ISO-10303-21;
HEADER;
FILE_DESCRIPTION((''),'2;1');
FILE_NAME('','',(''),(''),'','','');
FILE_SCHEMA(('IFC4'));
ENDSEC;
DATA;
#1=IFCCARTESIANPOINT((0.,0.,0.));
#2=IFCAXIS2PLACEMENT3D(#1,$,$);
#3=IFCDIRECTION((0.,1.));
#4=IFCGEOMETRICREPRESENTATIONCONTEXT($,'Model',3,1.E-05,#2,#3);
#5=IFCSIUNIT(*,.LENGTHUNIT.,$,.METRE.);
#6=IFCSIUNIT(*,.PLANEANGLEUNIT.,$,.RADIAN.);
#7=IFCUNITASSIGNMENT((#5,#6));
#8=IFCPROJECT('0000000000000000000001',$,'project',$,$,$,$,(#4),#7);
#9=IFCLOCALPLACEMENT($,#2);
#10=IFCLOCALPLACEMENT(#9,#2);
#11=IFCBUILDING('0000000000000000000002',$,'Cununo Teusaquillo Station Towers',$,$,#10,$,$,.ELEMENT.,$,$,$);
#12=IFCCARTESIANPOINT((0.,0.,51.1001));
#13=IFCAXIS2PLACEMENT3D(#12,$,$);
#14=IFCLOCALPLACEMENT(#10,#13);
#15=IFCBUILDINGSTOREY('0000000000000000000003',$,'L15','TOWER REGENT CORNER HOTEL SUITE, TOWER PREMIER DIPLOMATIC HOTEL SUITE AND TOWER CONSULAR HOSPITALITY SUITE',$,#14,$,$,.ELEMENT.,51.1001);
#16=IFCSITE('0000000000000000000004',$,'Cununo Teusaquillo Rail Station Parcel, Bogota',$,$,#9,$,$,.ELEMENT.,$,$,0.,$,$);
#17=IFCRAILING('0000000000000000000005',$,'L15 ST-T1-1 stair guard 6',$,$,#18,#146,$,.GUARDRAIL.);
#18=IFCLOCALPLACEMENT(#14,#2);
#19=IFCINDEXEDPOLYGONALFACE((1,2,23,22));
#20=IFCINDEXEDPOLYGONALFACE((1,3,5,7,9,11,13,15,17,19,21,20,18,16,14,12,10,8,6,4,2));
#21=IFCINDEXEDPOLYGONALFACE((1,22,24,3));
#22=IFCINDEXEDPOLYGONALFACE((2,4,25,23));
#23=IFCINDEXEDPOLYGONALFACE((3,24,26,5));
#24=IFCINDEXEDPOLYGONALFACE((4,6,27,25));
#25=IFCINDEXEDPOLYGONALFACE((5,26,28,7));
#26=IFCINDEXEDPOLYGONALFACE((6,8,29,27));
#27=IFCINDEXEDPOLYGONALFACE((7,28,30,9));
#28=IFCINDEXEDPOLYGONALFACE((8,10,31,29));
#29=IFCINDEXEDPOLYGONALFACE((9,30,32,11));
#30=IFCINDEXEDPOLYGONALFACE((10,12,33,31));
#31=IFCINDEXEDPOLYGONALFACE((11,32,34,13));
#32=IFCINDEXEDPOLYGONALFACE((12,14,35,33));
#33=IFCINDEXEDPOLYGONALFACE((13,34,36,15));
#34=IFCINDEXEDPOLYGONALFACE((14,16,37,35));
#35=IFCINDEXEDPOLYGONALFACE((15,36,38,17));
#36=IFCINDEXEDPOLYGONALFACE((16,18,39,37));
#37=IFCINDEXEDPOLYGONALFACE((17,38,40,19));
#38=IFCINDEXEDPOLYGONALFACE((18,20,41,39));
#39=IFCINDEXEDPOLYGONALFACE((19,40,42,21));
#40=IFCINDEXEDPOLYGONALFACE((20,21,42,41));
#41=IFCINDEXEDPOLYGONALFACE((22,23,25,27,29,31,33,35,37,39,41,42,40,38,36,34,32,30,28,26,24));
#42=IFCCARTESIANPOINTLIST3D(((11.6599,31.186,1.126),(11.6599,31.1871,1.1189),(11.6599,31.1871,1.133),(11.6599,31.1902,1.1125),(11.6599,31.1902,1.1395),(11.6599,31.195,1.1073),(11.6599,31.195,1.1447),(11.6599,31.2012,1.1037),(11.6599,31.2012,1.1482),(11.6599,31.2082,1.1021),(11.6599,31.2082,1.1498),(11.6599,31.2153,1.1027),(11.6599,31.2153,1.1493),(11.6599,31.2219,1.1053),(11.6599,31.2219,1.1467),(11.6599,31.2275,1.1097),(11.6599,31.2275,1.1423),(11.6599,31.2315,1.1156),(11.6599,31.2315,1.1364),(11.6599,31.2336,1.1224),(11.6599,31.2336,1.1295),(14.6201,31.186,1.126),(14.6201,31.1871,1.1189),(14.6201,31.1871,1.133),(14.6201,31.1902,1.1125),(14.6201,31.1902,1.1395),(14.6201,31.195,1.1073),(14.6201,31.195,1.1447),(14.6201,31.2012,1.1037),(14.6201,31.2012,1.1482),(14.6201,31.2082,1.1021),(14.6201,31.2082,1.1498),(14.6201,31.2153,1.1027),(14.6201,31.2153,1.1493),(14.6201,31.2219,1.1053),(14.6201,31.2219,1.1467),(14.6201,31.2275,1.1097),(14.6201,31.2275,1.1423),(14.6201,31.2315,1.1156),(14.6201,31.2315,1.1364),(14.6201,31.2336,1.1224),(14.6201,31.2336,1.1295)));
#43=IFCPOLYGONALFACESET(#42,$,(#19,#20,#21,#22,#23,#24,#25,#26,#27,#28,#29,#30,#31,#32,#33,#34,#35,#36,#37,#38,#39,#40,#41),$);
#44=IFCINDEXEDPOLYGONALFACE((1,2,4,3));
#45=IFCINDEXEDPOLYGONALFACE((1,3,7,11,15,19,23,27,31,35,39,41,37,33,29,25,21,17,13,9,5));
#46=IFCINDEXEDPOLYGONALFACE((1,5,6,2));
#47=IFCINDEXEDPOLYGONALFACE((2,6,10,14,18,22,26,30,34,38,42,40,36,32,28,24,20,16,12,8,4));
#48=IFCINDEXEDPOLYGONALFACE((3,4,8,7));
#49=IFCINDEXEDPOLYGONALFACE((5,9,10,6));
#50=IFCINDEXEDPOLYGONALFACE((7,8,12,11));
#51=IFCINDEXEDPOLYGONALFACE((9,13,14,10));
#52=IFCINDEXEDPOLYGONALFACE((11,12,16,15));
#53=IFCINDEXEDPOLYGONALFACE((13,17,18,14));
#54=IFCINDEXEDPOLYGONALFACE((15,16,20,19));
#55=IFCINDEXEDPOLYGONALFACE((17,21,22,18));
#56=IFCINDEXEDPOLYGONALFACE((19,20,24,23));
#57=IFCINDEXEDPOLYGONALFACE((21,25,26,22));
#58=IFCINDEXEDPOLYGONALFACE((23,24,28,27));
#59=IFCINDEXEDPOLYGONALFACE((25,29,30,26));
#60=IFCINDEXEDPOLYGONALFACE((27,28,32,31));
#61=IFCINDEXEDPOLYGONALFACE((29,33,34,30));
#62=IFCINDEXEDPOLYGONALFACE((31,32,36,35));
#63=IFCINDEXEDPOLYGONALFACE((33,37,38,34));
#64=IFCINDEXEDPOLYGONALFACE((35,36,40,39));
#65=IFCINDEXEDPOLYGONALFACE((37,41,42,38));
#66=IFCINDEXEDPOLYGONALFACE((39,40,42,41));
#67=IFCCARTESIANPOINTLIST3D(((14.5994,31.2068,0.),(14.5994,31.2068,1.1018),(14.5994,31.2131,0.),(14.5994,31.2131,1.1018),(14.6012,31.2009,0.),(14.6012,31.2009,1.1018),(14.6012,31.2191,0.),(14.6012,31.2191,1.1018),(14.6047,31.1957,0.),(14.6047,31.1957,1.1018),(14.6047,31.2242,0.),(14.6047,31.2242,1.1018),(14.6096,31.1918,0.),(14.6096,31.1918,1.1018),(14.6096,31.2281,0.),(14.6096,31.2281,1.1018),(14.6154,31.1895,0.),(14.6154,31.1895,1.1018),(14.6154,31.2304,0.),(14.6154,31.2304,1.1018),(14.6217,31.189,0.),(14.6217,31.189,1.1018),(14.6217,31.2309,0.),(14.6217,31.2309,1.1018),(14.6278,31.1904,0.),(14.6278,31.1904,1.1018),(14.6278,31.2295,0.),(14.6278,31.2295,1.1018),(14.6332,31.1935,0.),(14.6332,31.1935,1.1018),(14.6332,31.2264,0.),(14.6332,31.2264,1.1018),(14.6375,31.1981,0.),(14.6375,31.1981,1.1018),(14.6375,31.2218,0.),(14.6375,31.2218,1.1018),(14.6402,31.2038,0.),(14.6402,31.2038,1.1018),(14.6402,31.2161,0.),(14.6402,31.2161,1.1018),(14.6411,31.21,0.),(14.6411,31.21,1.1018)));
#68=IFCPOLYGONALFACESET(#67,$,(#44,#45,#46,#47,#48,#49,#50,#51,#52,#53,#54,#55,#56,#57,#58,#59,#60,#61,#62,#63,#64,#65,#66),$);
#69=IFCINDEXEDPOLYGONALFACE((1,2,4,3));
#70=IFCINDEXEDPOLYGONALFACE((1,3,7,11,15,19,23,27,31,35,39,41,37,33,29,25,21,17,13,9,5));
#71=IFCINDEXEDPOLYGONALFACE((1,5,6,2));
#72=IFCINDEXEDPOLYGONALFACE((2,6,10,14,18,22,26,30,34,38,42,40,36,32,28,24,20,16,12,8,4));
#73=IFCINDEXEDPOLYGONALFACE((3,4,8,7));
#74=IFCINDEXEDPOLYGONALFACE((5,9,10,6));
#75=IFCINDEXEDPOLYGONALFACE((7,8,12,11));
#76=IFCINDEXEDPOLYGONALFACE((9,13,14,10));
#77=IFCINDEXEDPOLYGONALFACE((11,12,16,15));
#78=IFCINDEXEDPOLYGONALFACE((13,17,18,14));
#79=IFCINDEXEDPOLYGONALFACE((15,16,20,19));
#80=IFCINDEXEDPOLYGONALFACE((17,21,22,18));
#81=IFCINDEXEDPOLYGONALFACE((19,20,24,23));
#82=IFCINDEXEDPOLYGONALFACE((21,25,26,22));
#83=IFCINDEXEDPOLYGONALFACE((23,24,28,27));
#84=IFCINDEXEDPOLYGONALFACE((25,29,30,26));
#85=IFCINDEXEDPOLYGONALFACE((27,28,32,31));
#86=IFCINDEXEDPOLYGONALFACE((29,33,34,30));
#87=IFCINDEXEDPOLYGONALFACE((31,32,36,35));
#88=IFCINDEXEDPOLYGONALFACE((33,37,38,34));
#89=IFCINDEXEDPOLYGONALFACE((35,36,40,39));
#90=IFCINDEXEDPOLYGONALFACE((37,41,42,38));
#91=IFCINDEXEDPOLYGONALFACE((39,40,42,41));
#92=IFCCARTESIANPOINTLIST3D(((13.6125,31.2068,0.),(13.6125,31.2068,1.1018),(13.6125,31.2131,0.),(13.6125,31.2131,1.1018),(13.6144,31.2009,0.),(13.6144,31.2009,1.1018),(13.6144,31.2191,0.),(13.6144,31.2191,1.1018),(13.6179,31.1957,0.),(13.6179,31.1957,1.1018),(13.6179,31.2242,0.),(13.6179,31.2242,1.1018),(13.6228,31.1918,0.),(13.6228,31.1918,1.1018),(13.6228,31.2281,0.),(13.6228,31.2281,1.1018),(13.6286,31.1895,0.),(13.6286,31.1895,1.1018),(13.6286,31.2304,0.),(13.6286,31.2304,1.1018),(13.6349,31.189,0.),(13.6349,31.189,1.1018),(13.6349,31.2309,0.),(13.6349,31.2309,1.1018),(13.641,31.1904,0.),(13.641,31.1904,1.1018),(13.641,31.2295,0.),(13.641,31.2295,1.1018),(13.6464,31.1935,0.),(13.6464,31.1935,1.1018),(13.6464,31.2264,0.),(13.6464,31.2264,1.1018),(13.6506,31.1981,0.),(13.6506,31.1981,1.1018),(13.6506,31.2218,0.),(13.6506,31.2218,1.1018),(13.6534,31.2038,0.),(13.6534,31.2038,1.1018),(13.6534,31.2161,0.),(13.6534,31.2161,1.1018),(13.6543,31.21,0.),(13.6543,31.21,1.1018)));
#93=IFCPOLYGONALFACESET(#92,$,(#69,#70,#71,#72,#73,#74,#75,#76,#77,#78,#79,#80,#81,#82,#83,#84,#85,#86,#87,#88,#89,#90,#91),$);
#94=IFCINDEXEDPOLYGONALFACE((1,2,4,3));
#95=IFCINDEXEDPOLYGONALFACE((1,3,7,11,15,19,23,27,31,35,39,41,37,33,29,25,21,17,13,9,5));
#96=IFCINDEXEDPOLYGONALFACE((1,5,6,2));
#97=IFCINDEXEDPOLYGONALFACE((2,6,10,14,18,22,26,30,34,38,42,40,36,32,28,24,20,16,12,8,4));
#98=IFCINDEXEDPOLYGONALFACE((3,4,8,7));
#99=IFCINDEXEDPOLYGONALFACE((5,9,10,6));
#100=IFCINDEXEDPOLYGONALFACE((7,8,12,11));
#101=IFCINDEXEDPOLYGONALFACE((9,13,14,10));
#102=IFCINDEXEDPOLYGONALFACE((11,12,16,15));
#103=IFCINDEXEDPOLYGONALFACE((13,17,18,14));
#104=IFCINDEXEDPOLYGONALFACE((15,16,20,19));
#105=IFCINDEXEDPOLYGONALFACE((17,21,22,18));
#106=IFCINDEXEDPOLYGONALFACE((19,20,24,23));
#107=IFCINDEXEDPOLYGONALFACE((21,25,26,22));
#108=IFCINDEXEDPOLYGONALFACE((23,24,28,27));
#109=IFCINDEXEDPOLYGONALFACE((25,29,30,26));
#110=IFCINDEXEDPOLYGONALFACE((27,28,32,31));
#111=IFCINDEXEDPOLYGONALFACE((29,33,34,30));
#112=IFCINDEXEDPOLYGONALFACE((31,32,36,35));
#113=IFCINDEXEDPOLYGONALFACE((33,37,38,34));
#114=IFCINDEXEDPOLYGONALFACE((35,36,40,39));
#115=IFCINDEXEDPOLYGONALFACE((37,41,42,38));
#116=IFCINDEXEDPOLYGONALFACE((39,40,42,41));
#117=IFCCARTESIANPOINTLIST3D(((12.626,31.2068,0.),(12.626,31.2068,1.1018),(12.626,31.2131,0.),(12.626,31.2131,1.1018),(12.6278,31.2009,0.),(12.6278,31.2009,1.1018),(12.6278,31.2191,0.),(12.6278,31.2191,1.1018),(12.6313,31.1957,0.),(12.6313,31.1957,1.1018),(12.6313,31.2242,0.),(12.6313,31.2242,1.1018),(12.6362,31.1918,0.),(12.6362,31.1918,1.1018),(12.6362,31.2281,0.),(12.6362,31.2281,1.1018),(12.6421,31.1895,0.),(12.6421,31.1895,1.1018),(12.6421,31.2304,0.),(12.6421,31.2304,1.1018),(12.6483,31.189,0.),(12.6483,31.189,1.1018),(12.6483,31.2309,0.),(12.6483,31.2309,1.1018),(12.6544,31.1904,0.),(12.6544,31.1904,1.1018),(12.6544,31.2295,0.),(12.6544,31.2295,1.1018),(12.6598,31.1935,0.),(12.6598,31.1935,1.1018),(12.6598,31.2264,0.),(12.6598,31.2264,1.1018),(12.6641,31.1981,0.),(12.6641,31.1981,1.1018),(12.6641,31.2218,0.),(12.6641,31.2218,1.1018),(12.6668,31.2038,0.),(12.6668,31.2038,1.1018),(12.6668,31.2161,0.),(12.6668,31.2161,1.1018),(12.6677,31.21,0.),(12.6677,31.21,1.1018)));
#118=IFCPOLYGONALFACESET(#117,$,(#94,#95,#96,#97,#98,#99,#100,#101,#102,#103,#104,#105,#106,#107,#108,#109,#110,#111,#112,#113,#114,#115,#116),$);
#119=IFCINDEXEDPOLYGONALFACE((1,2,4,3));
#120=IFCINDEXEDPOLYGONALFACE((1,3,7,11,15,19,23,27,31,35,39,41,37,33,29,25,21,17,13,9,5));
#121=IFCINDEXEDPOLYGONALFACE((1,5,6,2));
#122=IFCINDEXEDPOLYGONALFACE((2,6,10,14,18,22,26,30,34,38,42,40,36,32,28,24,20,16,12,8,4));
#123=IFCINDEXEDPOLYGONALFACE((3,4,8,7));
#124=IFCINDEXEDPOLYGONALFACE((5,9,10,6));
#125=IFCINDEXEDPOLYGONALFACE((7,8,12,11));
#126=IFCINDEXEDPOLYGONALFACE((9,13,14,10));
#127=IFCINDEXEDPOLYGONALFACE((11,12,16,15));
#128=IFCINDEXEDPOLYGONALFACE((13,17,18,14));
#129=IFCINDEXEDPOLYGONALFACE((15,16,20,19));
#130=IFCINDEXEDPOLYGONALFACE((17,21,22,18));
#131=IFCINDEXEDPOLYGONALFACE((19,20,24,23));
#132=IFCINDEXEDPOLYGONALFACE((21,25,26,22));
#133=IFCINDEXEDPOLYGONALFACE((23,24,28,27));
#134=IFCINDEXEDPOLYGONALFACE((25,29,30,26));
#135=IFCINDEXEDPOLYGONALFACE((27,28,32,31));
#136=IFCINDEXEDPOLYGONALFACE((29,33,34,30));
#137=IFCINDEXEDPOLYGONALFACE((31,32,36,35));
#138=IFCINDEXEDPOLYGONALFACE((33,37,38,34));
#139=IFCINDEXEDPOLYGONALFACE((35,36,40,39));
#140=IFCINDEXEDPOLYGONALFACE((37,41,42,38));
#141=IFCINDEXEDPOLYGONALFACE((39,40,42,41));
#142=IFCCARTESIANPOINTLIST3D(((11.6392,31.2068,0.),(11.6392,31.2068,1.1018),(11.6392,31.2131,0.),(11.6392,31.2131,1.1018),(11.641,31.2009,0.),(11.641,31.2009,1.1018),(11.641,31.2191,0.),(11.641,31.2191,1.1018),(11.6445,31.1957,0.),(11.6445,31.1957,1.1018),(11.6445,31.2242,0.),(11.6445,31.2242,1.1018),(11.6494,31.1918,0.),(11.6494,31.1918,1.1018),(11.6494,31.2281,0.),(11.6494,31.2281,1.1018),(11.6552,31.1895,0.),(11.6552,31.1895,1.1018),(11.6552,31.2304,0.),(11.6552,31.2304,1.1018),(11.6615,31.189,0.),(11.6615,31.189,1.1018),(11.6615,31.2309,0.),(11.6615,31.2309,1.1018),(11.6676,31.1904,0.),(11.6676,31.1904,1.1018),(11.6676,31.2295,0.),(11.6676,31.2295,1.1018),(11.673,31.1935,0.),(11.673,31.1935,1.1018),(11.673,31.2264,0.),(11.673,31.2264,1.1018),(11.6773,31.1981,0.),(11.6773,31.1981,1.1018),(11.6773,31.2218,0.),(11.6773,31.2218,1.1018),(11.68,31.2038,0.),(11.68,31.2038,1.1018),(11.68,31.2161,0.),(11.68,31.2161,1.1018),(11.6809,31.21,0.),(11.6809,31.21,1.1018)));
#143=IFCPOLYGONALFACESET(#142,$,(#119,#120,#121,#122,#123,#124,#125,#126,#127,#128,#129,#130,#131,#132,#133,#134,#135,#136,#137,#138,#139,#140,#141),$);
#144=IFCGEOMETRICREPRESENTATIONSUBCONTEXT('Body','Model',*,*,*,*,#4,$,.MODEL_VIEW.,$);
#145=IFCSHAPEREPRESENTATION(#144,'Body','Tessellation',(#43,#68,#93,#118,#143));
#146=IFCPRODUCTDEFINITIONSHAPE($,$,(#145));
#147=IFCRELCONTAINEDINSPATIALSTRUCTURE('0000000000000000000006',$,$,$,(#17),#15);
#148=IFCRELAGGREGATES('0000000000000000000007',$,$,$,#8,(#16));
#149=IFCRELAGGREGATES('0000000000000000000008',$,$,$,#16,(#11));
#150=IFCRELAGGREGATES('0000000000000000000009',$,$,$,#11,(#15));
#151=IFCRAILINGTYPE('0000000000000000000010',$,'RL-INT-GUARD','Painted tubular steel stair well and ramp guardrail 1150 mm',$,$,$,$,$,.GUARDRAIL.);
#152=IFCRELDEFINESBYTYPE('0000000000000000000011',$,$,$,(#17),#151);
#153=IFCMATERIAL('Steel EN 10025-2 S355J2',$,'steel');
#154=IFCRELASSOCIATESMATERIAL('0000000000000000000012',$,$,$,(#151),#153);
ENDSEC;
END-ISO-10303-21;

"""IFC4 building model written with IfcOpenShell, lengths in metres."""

from ifc_helpers import new_model, si_unit, direction, frame, origin, origin_2d, place, context, subcontext, project, spatial, circle, extrude, material, type_object, element, save


model = new_model("IFC4")

# Units and contexts
model_context = context("Model", 3, precision=1e-05, world=origin(), true_north=direction((0.0, 1.0)))
body_context = subcontext(model_context, "Body", "Model", "MODEL_VIEW")
ifc_project = project(units=[si_unit("LENGTHUNIT", "METRE"), si_unit("PLANEANGLEUNIT", "RADIAN")], contexts=[model_context])

# Site, building, storey
site_placement = place(None, origin())
site = spatial("IfcSite", under=ifc_project, at=site_placement, Name="Cununo Teusaquillo Rail Station Parcel, Bogota", CompositionType="ELEMENT", RefElevation=0.0)
building_placement = place(site_placement, origin())
building = spatial("IfcBuilding", under=site, at=building_placement, Name="Cununo Teusaquillo Station Towers", CompositionType="ELEMENT")
storey_placement = place(building_placement, frame((0.0, 0.0, 51.1001)))
storey = spatial("IfcBuildingStorey", under=building, at=storey_placement, Name="L15", Description="TOWER REGENT CORNER HOTEL SUITE, TOWER PREMIER DIPLOMATIC HOTEL SUITE AND TOWER CONSULAR HOSPITALITY SUITE", CompositionType="ELEMENT", Elevation=51.1001)

# Railing
ifc_material_1 = material(Name="Steel EN 10025-2 S355J2", Category="steel")
railing_type_1 = type_object("IfcRailingType", Name="RL-INT-GUARD", Description="Painted tubular steel stair well and ramp guardrail 1150 mm", PredefinedType="GUARDRAIL", material=ifc_material_1)
railing_1_placement = place(storey_placement, frame((14.6201, 31.21, 0.0)))
element("IfcRailing", 1, at=railing_1_placement, inside=storey, type_object=railing_type_1, Name="L15 ST-T1-1 stair guard 6", PredefinedType="GUARDRAIL", context=body_context, shape_type="SweptSolid", body=[
    extrude(circle(Radius=0.0239, at=origin_2d()), frame((0.0, 0.0, 1.126), z_axis=(-1.0, 0.0, 0.0), x_axis=(0.0, -1.0, 0.0)), (0.0, 0.0, 1.0), 2.9602),
    extrude(circle(Radius=0.021, at=origin_2d()), origin(), (0.0, 0.0, 1.0), 1.1018),
    extrude(circle(Radius=0.021, at=origin_2d()), frame((-0.9868, 0.0, 0.0)), (0.0, 0.0, 1.0), 1.1018),
    extrude(circle(Radius=0.021, at=origin_2d()), frame((-1.9734, 0.0, 0.0)), (0.0, 0.0, 1.0), 1.1018),
    extrude(circle(Radius=0.021, at=origin_2d()), frame((-2.9602, 0.0, 0.0)), (0.0, 0.0, 1.0), 1.1018),
])

save(model, "model.ifc")
